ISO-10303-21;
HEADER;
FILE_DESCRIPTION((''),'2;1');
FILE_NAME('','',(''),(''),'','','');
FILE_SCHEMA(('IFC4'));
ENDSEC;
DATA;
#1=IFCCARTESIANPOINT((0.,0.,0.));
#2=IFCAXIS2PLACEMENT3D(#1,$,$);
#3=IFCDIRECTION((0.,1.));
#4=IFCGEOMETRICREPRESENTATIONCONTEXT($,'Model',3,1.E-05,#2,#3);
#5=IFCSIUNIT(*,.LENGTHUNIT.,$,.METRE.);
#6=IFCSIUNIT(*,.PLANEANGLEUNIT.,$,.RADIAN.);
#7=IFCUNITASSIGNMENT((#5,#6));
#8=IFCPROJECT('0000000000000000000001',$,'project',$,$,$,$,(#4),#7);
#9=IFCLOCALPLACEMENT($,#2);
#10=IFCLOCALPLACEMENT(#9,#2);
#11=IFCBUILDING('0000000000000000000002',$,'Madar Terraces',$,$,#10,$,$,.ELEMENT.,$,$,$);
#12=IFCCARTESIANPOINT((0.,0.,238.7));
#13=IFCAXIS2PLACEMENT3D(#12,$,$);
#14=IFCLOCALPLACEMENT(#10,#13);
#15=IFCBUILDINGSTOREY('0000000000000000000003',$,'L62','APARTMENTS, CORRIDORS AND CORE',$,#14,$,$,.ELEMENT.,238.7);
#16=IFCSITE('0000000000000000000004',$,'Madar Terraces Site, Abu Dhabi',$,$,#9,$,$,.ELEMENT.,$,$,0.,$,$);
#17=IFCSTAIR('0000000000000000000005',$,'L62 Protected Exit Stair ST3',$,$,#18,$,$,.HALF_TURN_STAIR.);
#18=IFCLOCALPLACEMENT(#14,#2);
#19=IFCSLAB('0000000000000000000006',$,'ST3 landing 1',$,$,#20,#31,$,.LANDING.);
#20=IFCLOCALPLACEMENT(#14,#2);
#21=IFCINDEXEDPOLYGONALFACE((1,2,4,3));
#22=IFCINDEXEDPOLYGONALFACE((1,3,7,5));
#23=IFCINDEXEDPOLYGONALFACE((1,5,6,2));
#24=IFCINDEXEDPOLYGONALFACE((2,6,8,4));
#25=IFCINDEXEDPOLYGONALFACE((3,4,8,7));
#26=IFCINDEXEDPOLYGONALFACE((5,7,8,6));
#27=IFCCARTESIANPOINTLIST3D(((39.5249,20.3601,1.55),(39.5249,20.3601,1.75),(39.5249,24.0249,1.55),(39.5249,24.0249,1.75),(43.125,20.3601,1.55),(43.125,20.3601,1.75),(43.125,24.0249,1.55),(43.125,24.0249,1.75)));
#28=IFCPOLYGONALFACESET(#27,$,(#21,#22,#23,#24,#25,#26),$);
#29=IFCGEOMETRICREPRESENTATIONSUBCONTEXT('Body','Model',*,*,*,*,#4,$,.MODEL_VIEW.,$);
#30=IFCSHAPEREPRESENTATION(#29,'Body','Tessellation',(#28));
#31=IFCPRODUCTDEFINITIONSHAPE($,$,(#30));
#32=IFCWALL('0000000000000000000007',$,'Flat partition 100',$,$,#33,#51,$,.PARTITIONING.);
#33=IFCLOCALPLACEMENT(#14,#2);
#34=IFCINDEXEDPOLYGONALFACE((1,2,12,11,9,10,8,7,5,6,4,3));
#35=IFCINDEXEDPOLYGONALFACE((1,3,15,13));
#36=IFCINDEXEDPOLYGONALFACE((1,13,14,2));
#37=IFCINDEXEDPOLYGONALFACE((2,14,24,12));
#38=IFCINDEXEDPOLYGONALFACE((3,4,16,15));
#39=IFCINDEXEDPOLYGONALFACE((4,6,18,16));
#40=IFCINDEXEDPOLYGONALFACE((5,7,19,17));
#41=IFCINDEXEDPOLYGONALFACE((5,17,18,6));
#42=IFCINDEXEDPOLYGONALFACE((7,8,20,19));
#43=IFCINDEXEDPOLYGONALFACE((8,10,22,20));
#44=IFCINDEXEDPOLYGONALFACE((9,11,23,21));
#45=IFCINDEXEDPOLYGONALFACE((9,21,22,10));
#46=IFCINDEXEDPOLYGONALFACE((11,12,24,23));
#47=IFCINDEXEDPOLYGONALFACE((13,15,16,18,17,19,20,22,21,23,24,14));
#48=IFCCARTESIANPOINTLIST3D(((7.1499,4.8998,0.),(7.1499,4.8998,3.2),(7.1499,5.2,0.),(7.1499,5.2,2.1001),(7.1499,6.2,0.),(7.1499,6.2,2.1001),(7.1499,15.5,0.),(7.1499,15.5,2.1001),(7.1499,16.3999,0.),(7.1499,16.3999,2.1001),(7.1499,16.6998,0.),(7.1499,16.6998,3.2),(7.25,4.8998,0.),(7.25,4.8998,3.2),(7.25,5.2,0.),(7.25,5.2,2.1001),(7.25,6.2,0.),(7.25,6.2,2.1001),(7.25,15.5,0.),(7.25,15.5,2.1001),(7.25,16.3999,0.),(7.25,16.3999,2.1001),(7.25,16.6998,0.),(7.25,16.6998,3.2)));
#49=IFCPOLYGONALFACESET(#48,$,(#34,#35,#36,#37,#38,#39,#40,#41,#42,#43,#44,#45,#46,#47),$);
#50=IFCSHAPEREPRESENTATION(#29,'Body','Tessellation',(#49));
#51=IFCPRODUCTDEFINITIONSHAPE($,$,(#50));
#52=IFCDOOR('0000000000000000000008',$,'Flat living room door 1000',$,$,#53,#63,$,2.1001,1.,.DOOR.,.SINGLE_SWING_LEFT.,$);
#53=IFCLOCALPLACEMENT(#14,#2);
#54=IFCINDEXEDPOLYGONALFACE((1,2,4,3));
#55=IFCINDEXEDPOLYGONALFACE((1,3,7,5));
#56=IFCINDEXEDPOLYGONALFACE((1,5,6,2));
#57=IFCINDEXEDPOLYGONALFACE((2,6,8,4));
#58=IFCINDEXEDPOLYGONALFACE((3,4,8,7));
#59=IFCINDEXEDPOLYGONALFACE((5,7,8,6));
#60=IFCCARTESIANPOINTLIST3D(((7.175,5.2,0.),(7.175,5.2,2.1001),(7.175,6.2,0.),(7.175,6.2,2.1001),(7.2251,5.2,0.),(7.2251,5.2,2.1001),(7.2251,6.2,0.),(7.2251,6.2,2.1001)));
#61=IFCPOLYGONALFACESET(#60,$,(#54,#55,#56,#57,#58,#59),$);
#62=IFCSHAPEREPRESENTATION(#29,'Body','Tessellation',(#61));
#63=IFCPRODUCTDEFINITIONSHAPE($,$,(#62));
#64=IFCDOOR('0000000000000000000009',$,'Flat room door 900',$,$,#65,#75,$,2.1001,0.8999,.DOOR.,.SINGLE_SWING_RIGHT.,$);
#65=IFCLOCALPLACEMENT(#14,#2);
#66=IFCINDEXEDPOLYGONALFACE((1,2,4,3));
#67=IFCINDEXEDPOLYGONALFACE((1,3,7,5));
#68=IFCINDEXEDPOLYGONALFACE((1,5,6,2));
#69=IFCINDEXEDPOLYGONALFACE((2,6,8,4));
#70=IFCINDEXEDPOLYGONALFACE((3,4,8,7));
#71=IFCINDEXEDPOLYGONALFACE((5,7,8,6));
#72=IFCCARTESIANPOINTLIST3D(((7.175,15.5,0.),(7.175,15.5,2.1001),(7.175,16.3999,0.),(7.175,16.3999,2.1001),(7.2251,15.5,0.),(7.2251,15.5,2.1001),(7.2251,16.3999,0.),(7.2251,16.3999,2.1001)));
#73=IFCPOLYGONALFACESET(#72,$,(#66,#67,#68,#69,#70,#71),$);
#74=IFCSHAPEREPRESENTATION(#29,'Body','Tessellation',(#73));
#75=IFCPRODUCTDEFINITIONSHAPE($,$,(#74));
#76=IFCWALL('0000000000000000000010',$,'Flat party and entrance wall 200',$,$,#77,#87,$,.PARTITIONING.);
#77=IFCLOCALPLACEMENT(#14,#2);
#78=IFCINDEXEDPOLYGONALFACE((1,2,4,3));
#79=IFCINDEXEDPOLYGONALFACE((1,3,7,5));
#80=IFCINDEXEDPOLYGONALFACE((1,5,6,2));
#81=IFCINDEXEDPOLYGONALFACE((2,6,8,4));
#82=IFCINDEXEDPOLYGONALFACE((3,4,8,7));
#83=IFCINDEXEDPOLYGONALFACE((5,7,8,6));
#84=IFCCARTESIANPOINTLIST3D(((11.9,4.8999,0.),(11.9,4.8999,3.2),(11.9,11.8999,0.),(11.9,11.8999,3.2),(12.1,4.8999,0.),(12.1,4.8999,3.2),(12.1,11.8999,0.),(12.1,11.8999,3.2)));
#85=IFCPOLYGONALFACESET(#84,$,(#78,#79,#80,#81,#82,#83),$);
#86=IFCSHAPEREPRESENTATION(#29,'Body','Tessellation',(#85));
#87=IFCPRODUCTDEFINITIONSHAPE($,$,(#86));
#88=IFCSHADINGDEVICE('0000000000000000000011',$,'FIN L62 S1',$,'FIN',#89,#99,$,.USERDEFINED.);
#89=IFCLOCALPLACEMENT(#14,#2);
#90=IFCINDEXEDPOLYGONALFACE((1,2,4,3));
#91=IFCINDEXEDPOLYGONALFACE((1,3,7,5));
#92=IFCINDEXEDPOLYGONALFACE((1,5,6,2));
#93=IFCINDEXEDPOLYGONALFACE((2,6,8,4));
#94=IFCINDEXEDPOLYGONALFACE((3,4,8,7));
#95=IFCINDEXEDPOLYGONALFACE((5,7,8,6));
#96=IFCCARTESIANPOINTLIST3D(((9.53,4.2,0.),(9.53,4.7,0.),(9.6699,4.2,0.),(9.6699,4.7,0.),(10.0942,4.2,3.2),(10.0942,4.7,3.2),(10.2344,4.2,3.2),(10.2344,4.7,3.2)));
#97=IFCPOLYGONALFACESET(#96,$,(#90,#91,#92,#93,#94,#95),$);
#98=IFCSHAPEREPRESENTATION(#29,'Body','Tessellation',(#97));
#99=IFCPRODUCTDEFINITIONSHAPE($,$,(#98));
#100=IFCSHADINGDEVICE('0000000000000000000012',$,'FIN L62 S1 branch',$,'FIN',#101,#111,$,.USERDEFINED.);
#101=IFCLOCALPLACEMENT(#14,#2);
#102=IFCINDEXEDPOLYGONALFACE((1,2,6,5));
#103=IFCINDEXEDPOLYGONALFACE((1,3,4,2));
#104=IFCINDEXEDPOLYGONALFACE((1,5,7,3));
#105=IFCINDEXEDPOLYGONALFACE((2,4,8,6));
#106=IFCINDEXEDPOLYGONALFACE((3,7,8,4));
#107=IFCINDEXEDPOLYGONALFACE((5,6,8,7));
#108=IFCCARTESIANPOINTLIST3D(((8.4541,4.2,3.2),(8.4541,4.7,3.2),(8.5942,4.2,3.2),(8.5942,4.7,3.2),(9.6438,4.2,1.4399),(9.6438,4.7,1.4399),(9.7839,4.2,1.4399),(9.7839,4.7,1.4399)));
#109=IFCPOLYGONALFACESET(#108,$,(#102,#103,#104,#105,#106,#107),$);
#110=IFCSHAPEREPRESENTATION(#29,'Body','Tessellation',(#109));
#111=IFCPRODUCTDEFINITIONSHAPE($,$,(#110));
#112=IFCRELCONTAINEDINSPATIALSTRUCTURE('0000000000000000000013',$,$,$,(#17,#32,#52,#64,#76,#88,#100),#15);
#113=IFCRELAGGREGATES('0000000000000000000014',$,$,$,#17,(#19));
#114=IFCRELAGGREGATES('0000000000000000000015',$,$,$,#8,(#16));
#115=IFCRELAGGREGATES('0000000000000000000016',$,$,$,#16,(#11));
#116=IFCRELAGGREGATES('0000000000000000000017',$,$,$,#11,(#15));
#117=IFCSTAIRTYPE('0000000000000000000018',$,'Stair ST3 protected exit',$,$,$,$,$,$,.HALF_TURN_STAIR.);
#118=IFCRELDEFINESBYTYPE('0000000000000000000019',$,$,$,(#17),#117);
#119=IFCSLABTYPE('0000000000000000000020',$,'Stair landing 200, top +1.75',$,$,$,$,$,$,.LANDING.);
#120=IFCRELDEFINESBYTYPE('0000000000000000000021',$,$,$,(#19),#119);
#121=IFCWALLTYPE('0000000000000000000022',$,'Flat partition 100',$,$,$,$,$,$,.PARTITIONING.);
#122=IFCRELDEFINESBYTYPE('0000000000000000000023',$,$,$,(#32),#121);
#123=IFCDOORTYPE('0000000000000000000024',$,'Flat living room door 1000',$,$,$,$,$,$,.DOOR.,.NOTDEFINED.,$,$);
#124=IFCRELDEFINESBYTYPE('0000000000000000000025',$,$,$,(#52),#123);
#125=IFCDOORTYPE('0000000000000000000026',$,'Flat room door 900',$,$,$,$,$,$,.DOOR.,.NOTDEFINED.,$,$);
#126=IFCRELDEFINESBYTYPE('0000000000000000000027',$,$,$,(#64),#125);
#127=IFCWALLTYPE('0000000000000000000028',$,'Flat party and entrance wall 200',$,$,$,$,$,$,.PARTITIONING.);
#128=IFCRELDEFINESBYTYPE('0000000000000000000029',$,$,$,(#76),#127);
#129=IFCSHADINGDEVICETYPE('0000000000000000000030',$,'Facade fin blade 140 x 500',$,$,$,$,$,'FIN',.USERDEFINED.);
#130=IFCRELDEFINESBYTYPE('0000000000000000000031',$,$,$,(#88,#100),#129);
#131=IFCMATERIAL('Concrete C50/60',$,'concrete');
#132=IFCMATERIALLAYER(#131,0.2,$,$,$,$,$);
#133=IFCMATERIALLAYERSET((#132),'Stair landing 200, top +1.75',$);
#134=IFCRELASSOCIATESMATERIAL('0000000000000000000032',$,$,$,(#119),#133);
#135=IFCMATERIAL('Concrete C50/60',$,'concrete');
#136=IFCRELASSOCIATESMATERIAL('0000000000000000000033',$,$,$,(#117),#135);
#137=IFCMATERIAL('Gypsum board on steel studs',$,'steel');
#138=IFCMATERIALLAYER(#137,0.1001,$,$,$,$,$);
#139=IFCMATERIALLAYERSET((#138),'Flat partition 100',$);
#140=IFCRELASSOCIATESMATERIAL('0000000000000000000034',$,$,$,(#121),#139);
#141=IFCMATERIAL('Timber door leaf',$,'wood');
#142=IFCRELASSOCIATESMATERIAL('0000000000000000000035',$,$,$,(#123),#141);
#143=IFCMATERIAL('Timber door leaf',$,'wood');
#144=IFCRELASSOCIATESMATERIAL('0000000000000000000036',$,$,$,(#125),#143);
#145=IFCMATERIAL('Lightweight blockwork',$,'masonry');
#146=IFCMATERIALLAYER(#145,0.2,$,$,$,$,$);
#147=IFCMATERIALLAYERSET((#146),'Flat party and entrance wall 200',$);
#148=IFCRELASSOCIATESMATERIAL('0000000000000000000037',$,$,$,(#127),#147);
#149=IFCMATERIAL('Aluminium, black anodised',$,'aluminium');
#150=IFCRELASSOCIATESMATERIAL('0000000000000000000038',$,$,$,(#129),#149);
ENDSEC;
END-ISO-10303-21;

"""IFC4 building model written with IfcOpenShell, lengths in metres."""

from ifc_helpers import new_model, si_unit, direction, frame, frame_2d, origin, place, context, subcontext, project, spatial, polyline, rectangle, outline, extrude, material, layer, layer_set, type_object, element, fill, aggregate, save


model = new_model("IFC4")

# Units and contexts
model_context = context("Model", 3, precision=1e-05, world=origin(), true_north=direction((0.0, 1.0)))
body_context = subcontext(model_context, "Body", "Model", "MODEL_VIEW")
ifc_project = project(units=[si_unit("LENGTHUNIT", "METRE"), si_unit("PLANEANGLEUNIT", "RADIAN")], contexts=[model_context])

# Site, building, storey
site_placement = place(None, origin())
site = spatial("IfcSite", under=ifc_project, at=site_placement, Name="Madar Terraces Site, Abu Dhabi", CompositionType="ELEMENT", RefElevation=0.0)
building_placement = place(site_placement, origin())
building = spatial("IfcBuilding", under=site, at=building_placement, Name="Madar Terraces", CompositionType="ELEMENT")
storey_placement = place(building_placement, frame((0.0, 0.0, 238.7)))
storey = spatial("IfcBuildingStorey", under=building, at=storey_placement, Name="L62", Description="APARTMENTS, CORRIDORS AND CORE", CompositionType="ELEMENT", Elevation=238.7)

# Stair, slab
ifc_material_1 = material(Name="Concrete C50/60", Category="concrete")
ifc_layer_1 = layer(ifc_material_1, 0.2)
ifc_layer_set_1 = layer_set([ifc_layer_1], Name="Stair landing 200, top +1.75")
slab_type_1 = type_object("IfcSlabType", Name="Stair landing 200, top +1.75", PredefinedType="LANDING", material=ifc_layer_set_1)
ifc_material_2 = material(Name="Concrete C50/60", Category="concrete")
stair_type_1 = type_object("IfcStairType", Name="Stair ST3 protected exit", PredefinedType="HALF_TURN_STAIR", material=ifc_material_2)
stair_1_placement = place(storey_placement, origin())
stair_1 = element("IfcStair", 1, at=stair_1_placement, inside=storey, type_object=stair_type_1, Name="L62 Protected Exit Stair ST3", PredefinedType="HALF_TURN_STAIR")
slab_1_placement = place(storey_placement, frame((0.0, 0.0, 1.55)))
slab_1 = element("IfcSlab", 2, at=slab_1_placement, type_object=slab_type_1, Name="ST3 landing 1", PredefinedType="LANDING", context=body_context, shape_type="SweptSolid", body=[
    extrude(outline(polyline([(39.5249, 20.3601), (43.125, 20.3601), (43.125, 24.0249), (39.5249, 24.0249), (39.5249, 20.3601)])), origin(), (0.0, 0.0, 1.0), 0.2),
])
aggregate(stair_1, [slab_1])

# Wall, openings, doors
ifc_material_3 = material(Name="Gypsum board on steel studs", Category="steel")
ifc_layer_2 = layer(ifc_material_3, 0.1001)
ifc_layer_set_2 = layer_set([ifc_layer_2], Name="Flat partition 100")
wall_type_1 = type_object("IfcWallType", Name="Flat partition 100", PredefinedType="PARTITIONING", material=ifc_layer_set_2)
wall_1_placement = place(storey_placement, frame((7.2, 4.8999, 0.0), z_axis=(0.0, 0.0, 1.0), x_axis=(0.0, 1.0, 0.0)))
wall_1 = element("IfcWall", 3, at=wall_1_placement, inside=storey, type_object=wall_type_1, Name="Flat partition 100", PredefinedType="PARTITIONING", context=body_context, shape_type="SweptSolid", body=[
    extrude(rectangle(XDim=11.8, YDim=0.1001, at=frame_2d((5.8999, 0.0))), origin(), (0.0, 0.0, 1.0), 3.2),
])
opening_1_placement = place(wall_1_placement, frame((10.6001, 0.0, 0.0)))
opening_1 = element("IfcOpeningElement", 4, at=opening_1_placement, cuts=wall_1, PredefinedType="OPENING", context=body_context, shape_type="SweptSolid", body=[
    extrude(rectangle(XDim=0.8999, YDim=2.1001, at=frame_2d((0.45, 1.05))), frame((0.0, 0.0601, 0.0), z_axis=(0.0, -1.0, 0.0), x_axis=(1.0, 0.0, 0.0)), (0.0, 0.0, 1.0), 0.1201),
])
opening_2_placement = place(wall_1_placement, frame((0.3, 0.0, 0.0)))
opening_2 = element("IfcOpeningElement", 5, at=opening_2_placement, cuts=wall_1, PredefinedType="OPENING", context=body_context, shape_type="SweptSolid", body=[
    extrude(rectangle(XDim=1.0, YDim=2.1001, at=frame_2d((0.5, 1.05))), frame((0.0, 0.0601, 0.0), z_axis=(0.0, -1.0, 0.0), x_axis=(1.0, 0.0, 0.0)), (0.0, 0.0, 1.0), 0.1201),
])
ifc_material_4 = material(Name="Timber door leaf", Category="wood")
door_type_1 = type_object("IfcDoorType", Name="Flat living room door 1000", OperationType="NOTDEFINED", PredefinedType="DOOR", material=ifc_material_4)
door_1_placement = place(opening_2_placement, origin())
door_1 = element("IfcDoor", 6, at=door_1_placement, inside=storey, type_object=door_type_1, Name="Flat living room door 1000", OperationType="SINGLE_SWING_LEFT", OverallHeight=2.1001, OverallWidth=1.0, PredefinedType="DOOR", context=body_context, shape_type="SweptSolid", body=[
    extrude(rectangle(XDim=1.0, YDim=2.1001, at=frame_2d((0.5, 1.05))), frame((0.0, 0.0249, 0.0), z_axis=(0.0, -1.0, 0.0), x_axis=(1.0, 0.0, 0.0)), (0.0, 0.0, 1.0), 0.05),
])
fill(opening_2, door_1)
ifc_material_5 = material(Name="Timber door leaf", Category="wood")
door_type_2 = type_object("IfcDoorType", Name="Flat room door 900", OperationType="NOTDEFINED", PredefinedType="DOOR", material=ifc_material_5)
door_2_placement = place(opening_1_placement, origin())
door_2 = element("IfcDoor", 7, at=door_2_placement, inside=storey, type_object=door_type_2, Name="Flat room door 900", OperationType="SINGLE_SWING_RIGHT", OverallHeight=2.1001, OverallWidth=0.8999, PredefinedType="DOOR", context=body_context, shape_type="SweptSolid", body=[
    extrude(rectangle(XDim=0.8999, YDim=2.1001, at=frame_2d((0.45, 1.05))), frame((0.0, 0.0249, 0.0), z_axis=(0.0, -1.0, 0.0), x_axis=(1.0, 0.0, 0.0)), (0.0, 0.0, 1.0), 0.05),
])
fill(opening_1, door_2)

# Wall
ifc_material_6 = material(Name="Lightweight blockwork", Category="masonry")
ifc_layer_3 = layer(ifc_material_6, 0.2)
ifc_layer_set_3 = layer_set([ifc_layer_3], Name="Flat party and entrance wall 200")
wall_type_2 = type_object("IfcWallType", Name="Flat party and entrance wall 200", PredefinedType="PARTITIONING", material=ifc_layer_set_3)
wall_2_placement = place(storey_placement, frame((12.0, 4.8999, 0.0), z_axis=(0.0, 0.0, 1.0), x_axis=(0.0, 1.0, 0.0)))
element("IfcWall", 8, at=wall_2_placement, inside=storey, type_object=wall_type_2, Name="Flat party and entrance wall 200", PredefinedType="PARTITIONING", context=body_context, shape_type="SweptSolid", body=[
    extrude(rectangle(XDim=7.0, YDim=0.2, at=frame_2d((3.5, 0.0))), origin(), (0.0, 0.0, 1.0), 3.2),
])

# Shading devices
ifc_material_7 = material(Name="Aluminium, black anodised", Category="aluminium")
shading_device_type = type_object("IfcShadingDeviceType", Name="Facade fin blade 140 x 500", ElementType="FIN", PredefinedType="USERDEFINED", material=ifc_material_7)
shading_device_1_placement = place(storey_placement, frame((9.53, 4.45, 0.0), z_axis=(0.0, 0.0, 1.0), x_axis=(1.0, 0.0, 0.0)))
element("IfcShadingDevice", 9, at=shading_device_1_placement, inside=storey, type_object=shading_device_type, Name="FIN L62 S1", ObjectType="FIN", PredefinedType="USERDEFINED", context=body_context, shape_type="SweptSolid", body=[
    extrude(outline(polyline([(0.0, 0.0), (0.1399, 0.0), (0.7043, 3.2), (0.5642, 3.2), (0.0, 0.0)])), frame((0.0, 0.25, 0.0), z_axis=(0.0, -1.0, 0.0), x_axis=(1.0, 0.0, 0.0)), (0.0, 0.0, 1.0), 0.5),
])
shading_device_2_placement = place(storey_placement, frame((9.6438, 4.45, 1.4399), z_axis=(0.0, 0.0, 1.0), x_axis=(1.0, 0.0, 0.0)))
element("IfcShadingDevice", 10, at=shading_device_2_placement, inside=storey, type_object=shading_device_type, Name="FIN L62 S1 branch", ObjectType="FIN", PredefinedType="USERDEFINED", context=body_context, shape_type="SweptSolid", body=[
    extrude(outline(polyline([(0.0, 0.0), (0.1401, 0.0), (-1.0496, 1.76), (-1.1897, 1.76), (0.0, 0.0)])), frame((0.0, 0.25, 0.0), z_axis=(0.0, -1.0, 0.0), x_axis=(1.0, 0.0, 0.0)), (0.0, 0.0, 1.0), 0.5),
])

save(model, "model.ifc")
